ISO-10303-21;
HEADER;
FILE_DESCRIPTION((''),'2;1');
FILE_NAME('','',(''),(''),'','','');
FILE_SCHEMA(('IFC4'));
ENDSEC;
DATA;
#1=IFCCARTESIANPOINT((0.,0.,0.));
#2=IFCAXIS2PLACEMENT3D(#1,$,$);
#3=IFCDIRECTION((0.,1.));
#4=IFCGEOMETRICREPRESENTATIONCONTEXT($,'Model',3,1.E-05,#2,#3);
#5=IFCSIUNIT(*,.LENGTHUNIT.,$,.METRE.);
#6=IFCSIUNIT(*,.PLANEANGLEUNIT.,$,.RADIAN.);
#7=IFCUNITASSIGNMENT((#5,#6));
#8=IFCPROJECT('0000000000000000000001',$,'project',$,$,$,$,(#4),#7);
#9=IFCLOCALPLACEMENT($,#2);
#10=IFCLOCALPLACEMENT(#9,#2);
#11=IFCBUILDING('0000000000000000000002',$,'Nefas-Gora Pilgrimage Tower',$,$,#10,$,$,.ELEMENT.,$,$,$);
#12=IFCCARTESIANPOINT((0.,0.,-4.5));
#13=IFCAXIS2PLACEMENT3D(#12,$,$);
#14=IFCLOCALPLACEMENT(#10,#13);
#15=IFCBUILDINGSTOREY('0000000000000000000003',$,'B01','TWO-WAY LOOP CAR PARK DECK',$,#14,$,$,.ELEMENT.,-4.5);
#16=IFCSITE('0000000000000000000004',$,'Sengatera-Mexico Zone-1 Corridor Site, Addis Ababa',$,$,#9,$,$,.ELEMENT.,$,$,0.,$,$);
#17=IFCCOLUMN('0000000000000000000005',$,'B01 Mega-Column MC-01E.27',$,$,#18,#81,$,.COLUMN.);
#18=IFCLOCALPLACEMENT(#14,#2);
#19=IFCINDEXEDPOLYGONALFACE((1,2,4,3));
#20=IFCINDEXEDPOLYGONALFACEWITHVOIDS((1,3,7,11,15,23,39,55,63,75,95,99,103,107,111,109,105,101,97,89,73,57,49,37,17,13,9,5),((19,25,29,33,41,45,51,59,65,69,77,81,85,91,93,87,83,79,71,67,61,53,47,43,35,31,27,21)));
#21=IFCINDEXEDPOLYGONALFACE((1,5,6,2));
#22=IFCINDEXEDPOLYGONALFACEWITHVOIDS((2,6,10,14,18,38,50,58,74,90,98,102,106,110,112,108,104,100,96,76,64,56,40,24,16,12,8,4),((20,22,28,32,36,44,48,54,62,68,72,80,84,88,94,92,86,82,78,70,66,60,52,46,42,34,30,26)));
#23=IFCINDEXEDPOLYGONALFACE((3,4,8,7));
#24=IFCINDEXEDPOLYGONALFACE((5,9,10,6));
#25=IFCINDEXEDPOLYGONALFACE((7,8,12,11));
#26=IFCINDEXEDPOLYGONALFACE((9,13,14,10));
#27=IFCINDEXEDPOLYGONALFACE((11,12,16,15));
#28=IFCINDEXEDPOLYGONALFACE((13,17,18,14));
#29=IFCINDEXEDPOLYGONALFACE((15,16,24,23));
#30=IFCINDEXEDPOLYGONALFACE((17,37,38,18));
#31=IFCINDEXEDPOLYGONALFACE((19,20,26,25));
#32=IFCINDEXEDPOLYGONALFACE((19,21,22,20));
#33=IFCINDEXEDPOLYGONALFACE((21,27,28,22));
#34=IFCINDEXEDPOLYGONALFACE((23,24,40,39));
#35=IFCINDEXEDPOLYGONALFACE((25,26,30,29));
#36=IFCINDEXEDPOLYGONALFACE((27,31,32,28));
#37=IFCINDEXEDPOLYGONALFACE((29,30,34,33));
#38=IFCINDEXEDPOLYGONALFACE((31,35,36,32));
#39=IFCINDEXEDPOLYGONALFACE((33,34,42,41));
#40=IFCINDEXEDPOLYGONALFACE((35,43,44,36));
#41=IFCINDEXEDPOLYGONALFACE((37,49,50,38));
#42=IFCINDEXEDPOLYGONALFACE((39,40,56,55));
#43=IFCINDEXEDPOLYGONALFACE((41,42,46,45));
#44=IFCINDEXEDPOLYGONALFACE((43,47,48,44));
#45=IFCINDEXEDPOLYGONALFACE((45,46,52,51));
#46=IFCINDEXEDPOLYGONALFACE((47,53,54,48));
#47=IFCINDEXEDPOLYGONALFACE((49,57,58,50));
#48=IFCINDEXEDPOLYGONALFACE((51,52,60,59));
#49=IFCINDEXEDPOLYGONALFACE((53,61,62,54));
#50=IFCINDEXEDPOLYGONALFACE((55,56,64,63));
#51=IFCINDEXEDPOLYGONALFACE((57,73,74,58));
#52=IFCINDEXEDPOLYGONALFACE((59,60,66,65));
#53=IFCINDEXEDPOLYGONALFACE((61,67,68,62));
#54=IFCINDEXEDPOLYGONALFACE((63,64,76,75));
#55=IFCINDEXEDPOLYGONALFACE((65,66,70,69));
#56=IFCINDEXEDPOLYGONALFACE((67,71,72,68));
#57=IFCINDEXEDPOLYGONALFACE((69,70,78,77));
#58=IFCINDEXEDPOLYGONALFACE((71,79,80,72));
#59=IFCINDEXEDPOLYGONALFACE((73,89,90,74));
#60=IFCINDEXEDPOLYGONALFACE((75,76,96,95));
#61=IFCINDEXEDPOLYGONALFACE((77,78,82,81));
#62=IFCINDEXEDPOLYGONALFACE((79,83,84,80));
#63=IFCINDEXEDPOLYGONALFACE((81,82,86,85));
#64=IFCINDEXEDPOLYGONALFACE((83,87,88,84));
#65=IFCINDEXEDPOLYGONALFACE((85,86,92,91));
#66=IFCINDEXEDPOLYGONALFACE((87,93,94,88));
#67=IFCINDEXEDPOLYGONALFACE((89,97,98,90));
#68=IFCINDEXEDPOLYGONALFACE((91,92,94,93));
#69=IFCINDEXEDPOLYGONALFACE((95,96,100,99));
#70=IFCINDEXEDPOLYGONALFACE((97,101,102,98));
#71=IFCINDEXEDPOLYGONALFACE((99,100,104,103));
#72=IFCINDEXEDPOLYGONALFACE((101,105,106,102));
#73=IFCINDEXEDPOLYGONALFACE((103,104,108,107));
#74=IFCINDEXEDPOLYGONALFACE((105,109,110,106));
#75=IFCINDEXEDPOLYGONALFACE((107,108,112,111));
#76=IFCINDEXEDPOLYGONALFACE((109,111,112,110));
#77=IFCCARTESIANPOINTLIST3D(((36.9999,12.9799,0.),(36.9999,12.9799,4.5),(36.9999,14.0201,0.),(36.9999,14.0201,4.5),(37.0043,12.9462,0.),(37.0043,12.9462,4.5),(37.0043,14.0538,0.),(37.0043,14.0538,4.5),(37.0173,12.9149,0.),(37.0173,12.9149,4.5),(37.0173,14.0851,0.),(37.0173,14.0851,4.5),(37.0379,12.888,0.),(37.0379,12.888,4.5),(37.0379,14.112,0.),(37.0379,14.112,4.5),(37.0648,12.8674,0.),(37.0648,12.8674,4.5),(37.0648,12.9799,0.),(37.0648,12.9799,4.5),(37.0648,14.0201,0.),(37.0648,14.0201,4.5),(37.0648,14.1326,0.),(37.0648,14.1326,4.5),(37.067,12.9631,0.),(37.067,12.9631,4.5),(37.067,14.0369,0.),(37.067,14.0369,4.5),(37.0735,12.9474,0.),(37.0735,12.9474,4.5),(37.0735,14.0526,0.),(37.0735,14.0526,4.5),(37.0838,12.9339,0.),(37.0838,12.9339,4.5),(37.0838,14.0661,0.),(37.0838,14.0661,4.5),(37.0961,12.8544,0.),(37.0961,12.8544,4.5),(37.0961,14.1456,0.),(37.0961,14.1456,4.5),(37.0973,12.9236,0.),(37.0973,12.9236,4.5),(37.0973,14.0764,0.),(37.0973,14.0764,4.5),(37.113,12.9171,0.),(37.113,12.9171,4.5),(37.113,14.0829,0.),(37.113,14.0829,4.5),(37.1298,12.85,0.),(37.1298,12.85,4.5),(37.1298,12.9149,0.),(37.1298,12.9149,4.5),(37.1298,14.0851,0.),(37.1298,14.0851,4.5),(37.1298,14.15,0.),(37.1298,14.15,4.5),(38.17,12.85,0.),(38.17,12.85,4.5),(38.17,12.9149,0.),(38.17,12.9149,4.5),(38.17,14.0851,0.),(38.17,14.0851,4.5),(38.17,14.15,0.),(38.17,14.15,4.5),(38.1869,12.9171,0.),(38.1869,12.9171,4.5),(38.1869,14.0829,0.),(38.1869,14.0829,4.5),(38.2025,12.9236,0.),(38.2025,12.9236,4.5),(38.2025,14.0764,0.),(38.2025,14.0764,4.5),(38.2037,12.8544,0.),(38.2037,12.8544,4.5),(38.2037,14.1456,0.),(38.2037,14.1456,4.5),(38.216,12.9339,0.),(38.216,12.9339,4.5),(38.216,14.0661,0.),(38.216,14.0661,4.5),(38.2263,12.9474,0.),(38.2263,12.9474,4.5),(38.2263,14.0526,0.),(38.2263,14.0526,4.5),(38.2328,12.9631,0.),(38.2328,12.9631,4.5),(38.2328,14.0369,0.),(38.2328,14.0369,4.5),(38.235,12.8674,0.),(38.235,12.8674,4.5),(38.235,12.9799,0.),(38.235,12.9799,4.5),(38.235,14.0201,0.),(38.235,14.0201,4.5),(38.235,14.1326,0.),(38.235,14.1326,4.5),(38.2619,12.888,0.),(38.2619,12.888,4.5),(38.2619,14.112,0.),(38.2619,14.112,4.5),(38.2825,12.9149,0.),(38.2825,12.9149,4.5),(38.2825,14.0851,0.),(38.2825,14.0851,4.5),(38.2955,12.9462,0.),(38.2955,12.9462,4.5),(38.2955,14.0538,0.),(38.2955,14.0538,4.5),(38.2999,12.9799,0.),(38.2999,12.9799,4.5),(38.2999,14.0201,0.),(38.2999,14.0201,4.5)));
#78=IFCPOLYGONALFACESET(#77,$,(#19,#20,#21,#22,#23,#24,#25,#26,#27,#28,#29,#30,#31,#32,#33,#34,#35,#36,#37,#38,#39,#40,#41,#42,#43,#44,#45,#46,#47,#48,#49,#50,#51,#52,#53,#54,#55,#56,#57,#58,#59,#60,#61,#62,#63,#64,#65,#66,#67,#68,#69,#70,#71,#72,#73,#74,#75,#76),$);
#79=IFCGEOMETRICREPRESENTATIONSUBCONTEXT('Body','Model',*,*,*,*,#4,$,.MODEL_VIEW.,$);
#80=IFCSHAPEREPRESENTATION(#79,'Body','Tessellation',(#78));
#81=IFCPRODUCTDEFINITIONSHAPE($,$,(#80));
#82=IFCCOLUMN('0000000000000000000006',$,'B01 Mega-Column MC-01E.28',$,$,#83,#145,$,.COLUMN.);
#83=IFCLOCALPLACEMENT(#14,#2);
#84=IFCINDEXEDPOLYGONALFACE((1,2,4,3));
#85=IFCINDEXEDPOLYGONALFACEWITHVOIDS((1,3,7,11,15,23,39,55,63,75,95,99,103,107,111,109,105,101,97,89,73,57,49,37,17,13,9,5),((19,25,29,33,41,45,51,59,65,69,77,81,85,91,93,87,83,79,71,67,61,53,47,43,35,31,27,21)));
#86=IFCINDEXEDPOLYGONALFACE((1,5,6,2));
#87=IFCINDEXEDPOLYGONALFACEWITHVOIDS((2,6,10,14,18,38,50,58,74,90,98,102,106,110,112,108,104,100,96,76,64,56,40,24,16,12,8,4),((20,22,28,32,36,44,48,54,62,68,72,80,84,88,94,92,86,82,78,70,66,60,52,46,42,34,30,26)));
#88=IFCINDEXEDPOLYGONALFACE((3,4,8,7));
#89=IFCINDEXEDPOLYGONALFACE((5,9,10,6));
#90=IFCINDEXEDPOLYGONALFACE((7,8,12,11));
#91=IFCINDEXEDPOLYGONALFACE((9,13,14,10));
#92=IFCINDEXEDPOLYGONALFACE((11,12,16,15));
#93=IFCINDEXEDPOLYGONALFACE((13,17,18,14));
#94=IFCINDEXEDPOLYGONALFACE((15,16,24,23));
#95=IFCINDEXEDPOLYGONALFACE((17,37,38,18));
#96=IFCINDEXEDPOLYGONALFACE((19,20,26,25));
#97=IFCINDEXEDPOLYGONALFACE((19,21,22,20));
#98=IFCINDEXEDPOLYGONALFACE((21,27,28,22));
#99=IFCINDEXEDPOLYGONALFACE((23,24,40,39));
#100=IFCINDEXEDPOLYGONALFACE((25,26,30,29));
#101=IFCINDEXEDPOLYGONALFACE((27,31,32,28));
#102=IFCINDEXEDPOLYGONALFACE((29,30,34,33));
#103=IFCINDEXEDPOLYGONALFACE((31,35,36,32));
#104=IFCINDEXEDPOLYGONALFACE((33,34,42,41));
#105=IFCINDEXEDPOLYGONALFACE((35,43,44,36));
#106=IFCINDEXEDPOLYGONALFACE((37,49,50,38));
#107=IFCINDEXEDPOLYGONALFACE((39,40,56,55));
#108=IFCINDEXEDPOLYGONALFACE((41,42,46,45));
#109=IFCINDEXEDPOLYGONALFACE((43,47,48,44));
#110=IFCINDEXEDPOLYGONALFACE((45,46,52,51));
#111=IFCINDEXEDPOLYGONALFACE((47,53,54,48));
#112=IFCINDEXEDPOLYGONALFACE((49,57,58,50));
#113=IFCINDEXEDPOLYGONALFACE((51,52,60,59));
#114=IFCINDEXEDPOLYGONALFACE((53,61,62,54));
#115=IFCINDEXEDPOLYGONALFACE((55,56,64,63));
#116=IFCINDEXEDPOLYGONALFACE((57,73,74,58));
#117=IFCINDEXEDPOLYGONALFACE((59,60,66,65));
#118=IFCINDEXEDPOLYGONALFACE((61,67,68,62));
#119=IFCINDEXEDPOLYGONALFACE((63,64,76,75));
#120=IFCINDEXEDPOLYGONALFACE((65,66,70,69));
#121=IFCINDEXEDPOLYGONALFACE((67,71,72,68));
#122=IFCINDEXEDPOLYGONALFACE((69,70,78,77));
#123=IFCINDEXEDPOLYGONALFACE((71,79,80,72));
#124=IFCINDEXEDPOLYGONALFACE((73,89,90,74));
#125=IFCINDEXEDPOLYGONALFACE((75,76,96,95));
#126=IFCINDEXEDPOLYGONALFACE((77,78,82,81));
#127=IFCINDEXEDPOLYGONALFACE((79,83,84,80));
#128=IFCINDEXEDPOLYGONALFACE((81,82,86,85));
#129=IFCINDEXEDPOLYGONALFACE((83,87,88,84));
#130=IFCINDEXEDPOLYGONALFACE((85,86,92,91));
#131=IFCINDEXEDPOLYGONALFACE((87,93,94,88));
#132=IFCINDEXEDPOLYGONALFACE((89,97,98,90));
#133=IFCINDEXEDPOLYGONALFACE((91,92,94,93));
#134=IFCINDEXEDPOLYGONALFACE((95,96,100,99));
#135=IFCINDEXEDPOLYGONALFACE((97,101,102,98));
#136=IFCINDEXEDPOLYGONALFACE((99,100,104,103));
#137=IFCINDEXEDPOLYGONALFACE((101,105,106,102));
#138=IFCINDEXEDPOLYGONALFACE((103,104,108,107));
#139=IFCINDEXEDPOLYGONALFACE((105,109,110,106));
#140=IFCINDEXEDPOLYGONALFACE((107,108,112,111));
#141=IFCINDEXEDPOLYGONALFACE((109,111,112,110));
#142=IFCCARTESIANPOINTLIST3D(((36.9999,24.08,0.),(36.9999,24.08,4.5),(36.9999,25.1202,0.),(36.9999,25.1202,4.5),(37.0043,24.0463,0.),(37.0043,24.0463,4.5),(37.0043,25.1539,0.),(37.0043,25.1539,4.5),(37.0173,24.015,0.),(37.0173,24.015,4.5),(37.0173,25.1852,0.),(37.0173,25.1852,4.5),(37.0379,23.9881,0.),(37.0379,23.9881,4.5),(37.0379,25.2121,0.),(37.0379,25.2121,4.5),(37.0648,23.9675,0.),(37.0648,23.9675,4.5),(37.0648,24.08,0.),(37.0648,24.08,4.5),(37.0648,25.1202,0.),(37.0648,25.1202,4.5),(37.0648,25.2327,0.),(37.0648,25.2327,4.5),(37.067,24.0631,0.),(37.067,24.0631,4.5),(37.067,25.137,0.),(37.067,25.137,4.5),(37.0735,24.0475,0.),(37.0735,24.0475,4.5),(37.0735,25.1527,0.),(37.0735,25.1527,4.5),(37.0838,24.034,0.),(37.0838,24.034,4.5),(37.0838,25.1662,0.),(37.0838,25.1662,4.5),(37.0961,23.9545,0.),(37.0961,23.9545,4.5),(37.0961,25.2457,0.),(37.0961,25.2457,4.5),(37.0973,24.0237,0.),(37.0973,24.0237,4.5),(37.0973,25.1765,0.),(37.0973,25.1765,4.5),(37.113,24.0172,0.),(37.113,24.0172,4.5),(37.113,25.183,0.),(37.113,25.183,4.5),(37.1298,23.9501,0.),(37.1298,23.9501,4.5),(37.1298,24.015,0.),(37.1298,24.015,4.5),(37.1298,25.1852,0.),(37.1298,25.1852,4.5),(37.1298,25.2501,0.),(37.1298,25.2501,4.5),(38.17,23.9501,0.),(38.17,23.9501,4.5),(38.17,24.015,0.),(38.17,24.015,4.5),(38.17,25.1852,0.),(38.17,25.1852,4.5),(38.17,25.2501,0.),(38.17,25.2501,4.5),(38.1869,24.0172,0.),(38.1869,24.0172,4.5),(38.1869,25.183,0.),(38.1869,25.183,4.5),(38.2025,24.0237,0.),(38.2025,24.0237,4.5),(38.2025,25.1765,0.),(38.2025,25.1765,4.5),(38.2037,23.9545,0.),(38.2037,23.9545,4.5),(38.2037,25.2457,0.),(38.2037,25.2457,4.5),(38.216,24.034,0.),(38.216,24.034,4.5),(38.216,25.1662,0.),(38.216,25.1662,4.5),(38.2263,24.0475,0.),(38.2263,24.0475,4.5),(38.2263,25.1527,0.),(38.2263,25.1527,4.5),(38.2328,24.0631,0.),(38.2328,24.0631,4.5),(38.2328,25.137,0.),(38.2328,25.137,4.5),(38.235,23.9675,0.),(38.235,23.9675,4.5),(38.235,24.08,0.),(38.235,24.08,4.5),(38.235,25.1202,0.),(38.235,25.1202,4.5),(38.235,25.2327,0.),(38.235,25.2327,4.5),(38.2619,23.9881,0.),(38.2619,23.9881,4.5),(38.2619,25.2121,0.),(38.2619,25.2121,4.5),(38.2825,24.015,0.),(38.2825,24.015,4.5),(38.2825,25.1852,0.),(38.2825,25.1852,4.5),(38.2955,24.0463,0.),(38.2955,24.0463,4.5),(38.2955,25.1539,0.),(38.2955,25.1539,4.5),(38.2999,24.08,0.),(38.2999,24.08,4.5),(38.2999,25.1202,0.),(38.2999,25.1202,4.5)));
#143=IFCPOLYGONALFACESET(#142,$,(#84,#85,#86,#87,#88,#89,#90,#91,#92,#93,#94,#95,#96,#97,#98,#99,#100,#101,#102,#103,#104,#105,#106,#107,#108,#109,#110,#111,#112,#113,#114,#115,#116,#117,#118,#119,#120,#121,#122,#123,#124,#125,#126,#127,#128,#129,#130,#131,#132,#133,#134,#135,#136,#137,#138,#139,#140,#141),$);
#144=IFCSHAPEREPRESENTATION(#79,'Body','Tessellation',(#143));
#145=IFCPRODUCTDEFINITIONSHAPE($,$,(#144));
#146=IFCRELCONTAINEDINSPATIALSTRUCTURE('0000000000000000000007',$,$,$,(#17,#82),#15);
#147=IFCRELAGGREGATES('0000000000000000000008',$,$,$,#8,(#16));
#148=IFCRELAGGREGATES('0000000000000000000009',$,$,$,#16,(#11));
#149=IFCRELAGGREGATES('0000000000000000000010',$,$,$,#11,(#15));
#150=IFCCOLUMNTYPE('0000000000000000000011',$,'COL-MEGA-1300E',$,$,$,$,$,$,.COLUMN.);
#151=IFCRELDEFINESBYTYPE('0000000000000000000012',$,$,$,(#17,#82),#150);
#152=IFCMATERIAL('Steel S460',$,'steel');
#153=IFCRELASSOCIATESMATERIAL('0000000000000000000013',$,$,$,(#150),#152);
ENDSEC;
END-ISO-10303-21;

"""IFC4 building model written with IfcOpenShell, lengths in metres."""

from ifc_helpers import new_model, si_unit, direction, frame, origin, origin_2d, place, context, subcontext, project, spatial, hollow_rectangle, extrude, source, transform, mapped, material, material_profile, profile_set, type_object, element, save


model = new_model("IFC4")

# Units and contexts
model_context = context("Model", 3, precision=1e-05, world=origin(), true_north=direction((0.0, 1.0)))
body_context = subcontext(model_context, "Body", "Model", "MODEL_VIEW")
ifc_project = project(units=[si_unit("LENGTHUNIT", "METRE"), si_unit("PLANEANGLEUNIT", "RADIAN")], contexts=[model_context])

# Site, building, storey
site_placement = place(None, origin())
site = spatial("IfcSite", under=ifc_project, at=site_placement, Name="Sengatera-Mexico Zone-1 Corridor Site, Addis Ababa", CompositionType="ELEMENT", RefElevation=0.0)
building_placement = place(site_placement, origin())
building = spatial("IfcBuilding", under=site, at=building_placement, Name="Nefas-Gora Pilgrimage Tower", CompositionType="ELEMENT")
storey_placement = place(building_placement, frame((0.0, 0.0, -4.5)))
storey = spatial("IfcBuildingStorey", under=building, at=storey_placement, Name="B01", Description="TWO-WAY LOOP CAR PARK DECK", CompositionType="ELEMENT", Elevation=-4.5)

# Columns
ifc_material_1 = material(Name="Steel S460", Category="steel")
ifc_material_profile_1 = material_profile(ifc_material_1, hollow_rectangle(XDim=1.3, YDim=1.3, WallThickness=0.0649, InnerFilletRadius=0.0649, OuterFilletRadius=0.1299, at=origin_2d()), Name="BOX 1300x1300x65")
ifc_profile_set_1 = profile_set([ifc_material_profile_1], Name="Steel S460")
column_type_1 = type_object("IfcColumnType", Name="COL-MEGA-1300E", PredefinedType="COLUMN", material=ifc_profile_set_1)
shared_shape_1 = source(origin(), body_context, "Body", "SweptSolid", [
    extrude(hollow_rectangle(XDim=1.3, YDim=1.3, WallThickness=0.0649, InnerFilletRadius=0.0649, OuterFilletRadius=0.1299, at=origin_2d()), origin(), (0.0, 0.0, 1.0), 4.5),
])
for number, where, z_axis, x_axis, name in (
    (1, (37.6499, 13.5, 0.0), (0.0, 0.0, 1.0), (1.0, 0.0, 0.0), "B01 Mega-Column MC-01E.27"),
    (2, (37.6499, 24.6001, 0.0), (0.0, 0.0, 1.0), (1.0, 0.0, 0.0), "B01 Mega-Column MC-01E.28"),
):
    element("IfcColumn", number, at=place(storey_placement, frame(where, z_axis=z_axis, x_axis=x_axis)), inside=storey, type_object=column_type_1, Name=name, PredefinedType="COLUMN", context=body_context, shape_type="MappedRepresentation", body=[
        mapped(shared_shape_1, transform((0.0, 0.0, 0.0), x_axis=(1.0, 0.0, 0.0), y_axis=(0.0, 1.0, 0.0), z_axis=(0.0, 0.0, 1.0), scale=1.0)),
    ])

save(model, "model.ifc")
